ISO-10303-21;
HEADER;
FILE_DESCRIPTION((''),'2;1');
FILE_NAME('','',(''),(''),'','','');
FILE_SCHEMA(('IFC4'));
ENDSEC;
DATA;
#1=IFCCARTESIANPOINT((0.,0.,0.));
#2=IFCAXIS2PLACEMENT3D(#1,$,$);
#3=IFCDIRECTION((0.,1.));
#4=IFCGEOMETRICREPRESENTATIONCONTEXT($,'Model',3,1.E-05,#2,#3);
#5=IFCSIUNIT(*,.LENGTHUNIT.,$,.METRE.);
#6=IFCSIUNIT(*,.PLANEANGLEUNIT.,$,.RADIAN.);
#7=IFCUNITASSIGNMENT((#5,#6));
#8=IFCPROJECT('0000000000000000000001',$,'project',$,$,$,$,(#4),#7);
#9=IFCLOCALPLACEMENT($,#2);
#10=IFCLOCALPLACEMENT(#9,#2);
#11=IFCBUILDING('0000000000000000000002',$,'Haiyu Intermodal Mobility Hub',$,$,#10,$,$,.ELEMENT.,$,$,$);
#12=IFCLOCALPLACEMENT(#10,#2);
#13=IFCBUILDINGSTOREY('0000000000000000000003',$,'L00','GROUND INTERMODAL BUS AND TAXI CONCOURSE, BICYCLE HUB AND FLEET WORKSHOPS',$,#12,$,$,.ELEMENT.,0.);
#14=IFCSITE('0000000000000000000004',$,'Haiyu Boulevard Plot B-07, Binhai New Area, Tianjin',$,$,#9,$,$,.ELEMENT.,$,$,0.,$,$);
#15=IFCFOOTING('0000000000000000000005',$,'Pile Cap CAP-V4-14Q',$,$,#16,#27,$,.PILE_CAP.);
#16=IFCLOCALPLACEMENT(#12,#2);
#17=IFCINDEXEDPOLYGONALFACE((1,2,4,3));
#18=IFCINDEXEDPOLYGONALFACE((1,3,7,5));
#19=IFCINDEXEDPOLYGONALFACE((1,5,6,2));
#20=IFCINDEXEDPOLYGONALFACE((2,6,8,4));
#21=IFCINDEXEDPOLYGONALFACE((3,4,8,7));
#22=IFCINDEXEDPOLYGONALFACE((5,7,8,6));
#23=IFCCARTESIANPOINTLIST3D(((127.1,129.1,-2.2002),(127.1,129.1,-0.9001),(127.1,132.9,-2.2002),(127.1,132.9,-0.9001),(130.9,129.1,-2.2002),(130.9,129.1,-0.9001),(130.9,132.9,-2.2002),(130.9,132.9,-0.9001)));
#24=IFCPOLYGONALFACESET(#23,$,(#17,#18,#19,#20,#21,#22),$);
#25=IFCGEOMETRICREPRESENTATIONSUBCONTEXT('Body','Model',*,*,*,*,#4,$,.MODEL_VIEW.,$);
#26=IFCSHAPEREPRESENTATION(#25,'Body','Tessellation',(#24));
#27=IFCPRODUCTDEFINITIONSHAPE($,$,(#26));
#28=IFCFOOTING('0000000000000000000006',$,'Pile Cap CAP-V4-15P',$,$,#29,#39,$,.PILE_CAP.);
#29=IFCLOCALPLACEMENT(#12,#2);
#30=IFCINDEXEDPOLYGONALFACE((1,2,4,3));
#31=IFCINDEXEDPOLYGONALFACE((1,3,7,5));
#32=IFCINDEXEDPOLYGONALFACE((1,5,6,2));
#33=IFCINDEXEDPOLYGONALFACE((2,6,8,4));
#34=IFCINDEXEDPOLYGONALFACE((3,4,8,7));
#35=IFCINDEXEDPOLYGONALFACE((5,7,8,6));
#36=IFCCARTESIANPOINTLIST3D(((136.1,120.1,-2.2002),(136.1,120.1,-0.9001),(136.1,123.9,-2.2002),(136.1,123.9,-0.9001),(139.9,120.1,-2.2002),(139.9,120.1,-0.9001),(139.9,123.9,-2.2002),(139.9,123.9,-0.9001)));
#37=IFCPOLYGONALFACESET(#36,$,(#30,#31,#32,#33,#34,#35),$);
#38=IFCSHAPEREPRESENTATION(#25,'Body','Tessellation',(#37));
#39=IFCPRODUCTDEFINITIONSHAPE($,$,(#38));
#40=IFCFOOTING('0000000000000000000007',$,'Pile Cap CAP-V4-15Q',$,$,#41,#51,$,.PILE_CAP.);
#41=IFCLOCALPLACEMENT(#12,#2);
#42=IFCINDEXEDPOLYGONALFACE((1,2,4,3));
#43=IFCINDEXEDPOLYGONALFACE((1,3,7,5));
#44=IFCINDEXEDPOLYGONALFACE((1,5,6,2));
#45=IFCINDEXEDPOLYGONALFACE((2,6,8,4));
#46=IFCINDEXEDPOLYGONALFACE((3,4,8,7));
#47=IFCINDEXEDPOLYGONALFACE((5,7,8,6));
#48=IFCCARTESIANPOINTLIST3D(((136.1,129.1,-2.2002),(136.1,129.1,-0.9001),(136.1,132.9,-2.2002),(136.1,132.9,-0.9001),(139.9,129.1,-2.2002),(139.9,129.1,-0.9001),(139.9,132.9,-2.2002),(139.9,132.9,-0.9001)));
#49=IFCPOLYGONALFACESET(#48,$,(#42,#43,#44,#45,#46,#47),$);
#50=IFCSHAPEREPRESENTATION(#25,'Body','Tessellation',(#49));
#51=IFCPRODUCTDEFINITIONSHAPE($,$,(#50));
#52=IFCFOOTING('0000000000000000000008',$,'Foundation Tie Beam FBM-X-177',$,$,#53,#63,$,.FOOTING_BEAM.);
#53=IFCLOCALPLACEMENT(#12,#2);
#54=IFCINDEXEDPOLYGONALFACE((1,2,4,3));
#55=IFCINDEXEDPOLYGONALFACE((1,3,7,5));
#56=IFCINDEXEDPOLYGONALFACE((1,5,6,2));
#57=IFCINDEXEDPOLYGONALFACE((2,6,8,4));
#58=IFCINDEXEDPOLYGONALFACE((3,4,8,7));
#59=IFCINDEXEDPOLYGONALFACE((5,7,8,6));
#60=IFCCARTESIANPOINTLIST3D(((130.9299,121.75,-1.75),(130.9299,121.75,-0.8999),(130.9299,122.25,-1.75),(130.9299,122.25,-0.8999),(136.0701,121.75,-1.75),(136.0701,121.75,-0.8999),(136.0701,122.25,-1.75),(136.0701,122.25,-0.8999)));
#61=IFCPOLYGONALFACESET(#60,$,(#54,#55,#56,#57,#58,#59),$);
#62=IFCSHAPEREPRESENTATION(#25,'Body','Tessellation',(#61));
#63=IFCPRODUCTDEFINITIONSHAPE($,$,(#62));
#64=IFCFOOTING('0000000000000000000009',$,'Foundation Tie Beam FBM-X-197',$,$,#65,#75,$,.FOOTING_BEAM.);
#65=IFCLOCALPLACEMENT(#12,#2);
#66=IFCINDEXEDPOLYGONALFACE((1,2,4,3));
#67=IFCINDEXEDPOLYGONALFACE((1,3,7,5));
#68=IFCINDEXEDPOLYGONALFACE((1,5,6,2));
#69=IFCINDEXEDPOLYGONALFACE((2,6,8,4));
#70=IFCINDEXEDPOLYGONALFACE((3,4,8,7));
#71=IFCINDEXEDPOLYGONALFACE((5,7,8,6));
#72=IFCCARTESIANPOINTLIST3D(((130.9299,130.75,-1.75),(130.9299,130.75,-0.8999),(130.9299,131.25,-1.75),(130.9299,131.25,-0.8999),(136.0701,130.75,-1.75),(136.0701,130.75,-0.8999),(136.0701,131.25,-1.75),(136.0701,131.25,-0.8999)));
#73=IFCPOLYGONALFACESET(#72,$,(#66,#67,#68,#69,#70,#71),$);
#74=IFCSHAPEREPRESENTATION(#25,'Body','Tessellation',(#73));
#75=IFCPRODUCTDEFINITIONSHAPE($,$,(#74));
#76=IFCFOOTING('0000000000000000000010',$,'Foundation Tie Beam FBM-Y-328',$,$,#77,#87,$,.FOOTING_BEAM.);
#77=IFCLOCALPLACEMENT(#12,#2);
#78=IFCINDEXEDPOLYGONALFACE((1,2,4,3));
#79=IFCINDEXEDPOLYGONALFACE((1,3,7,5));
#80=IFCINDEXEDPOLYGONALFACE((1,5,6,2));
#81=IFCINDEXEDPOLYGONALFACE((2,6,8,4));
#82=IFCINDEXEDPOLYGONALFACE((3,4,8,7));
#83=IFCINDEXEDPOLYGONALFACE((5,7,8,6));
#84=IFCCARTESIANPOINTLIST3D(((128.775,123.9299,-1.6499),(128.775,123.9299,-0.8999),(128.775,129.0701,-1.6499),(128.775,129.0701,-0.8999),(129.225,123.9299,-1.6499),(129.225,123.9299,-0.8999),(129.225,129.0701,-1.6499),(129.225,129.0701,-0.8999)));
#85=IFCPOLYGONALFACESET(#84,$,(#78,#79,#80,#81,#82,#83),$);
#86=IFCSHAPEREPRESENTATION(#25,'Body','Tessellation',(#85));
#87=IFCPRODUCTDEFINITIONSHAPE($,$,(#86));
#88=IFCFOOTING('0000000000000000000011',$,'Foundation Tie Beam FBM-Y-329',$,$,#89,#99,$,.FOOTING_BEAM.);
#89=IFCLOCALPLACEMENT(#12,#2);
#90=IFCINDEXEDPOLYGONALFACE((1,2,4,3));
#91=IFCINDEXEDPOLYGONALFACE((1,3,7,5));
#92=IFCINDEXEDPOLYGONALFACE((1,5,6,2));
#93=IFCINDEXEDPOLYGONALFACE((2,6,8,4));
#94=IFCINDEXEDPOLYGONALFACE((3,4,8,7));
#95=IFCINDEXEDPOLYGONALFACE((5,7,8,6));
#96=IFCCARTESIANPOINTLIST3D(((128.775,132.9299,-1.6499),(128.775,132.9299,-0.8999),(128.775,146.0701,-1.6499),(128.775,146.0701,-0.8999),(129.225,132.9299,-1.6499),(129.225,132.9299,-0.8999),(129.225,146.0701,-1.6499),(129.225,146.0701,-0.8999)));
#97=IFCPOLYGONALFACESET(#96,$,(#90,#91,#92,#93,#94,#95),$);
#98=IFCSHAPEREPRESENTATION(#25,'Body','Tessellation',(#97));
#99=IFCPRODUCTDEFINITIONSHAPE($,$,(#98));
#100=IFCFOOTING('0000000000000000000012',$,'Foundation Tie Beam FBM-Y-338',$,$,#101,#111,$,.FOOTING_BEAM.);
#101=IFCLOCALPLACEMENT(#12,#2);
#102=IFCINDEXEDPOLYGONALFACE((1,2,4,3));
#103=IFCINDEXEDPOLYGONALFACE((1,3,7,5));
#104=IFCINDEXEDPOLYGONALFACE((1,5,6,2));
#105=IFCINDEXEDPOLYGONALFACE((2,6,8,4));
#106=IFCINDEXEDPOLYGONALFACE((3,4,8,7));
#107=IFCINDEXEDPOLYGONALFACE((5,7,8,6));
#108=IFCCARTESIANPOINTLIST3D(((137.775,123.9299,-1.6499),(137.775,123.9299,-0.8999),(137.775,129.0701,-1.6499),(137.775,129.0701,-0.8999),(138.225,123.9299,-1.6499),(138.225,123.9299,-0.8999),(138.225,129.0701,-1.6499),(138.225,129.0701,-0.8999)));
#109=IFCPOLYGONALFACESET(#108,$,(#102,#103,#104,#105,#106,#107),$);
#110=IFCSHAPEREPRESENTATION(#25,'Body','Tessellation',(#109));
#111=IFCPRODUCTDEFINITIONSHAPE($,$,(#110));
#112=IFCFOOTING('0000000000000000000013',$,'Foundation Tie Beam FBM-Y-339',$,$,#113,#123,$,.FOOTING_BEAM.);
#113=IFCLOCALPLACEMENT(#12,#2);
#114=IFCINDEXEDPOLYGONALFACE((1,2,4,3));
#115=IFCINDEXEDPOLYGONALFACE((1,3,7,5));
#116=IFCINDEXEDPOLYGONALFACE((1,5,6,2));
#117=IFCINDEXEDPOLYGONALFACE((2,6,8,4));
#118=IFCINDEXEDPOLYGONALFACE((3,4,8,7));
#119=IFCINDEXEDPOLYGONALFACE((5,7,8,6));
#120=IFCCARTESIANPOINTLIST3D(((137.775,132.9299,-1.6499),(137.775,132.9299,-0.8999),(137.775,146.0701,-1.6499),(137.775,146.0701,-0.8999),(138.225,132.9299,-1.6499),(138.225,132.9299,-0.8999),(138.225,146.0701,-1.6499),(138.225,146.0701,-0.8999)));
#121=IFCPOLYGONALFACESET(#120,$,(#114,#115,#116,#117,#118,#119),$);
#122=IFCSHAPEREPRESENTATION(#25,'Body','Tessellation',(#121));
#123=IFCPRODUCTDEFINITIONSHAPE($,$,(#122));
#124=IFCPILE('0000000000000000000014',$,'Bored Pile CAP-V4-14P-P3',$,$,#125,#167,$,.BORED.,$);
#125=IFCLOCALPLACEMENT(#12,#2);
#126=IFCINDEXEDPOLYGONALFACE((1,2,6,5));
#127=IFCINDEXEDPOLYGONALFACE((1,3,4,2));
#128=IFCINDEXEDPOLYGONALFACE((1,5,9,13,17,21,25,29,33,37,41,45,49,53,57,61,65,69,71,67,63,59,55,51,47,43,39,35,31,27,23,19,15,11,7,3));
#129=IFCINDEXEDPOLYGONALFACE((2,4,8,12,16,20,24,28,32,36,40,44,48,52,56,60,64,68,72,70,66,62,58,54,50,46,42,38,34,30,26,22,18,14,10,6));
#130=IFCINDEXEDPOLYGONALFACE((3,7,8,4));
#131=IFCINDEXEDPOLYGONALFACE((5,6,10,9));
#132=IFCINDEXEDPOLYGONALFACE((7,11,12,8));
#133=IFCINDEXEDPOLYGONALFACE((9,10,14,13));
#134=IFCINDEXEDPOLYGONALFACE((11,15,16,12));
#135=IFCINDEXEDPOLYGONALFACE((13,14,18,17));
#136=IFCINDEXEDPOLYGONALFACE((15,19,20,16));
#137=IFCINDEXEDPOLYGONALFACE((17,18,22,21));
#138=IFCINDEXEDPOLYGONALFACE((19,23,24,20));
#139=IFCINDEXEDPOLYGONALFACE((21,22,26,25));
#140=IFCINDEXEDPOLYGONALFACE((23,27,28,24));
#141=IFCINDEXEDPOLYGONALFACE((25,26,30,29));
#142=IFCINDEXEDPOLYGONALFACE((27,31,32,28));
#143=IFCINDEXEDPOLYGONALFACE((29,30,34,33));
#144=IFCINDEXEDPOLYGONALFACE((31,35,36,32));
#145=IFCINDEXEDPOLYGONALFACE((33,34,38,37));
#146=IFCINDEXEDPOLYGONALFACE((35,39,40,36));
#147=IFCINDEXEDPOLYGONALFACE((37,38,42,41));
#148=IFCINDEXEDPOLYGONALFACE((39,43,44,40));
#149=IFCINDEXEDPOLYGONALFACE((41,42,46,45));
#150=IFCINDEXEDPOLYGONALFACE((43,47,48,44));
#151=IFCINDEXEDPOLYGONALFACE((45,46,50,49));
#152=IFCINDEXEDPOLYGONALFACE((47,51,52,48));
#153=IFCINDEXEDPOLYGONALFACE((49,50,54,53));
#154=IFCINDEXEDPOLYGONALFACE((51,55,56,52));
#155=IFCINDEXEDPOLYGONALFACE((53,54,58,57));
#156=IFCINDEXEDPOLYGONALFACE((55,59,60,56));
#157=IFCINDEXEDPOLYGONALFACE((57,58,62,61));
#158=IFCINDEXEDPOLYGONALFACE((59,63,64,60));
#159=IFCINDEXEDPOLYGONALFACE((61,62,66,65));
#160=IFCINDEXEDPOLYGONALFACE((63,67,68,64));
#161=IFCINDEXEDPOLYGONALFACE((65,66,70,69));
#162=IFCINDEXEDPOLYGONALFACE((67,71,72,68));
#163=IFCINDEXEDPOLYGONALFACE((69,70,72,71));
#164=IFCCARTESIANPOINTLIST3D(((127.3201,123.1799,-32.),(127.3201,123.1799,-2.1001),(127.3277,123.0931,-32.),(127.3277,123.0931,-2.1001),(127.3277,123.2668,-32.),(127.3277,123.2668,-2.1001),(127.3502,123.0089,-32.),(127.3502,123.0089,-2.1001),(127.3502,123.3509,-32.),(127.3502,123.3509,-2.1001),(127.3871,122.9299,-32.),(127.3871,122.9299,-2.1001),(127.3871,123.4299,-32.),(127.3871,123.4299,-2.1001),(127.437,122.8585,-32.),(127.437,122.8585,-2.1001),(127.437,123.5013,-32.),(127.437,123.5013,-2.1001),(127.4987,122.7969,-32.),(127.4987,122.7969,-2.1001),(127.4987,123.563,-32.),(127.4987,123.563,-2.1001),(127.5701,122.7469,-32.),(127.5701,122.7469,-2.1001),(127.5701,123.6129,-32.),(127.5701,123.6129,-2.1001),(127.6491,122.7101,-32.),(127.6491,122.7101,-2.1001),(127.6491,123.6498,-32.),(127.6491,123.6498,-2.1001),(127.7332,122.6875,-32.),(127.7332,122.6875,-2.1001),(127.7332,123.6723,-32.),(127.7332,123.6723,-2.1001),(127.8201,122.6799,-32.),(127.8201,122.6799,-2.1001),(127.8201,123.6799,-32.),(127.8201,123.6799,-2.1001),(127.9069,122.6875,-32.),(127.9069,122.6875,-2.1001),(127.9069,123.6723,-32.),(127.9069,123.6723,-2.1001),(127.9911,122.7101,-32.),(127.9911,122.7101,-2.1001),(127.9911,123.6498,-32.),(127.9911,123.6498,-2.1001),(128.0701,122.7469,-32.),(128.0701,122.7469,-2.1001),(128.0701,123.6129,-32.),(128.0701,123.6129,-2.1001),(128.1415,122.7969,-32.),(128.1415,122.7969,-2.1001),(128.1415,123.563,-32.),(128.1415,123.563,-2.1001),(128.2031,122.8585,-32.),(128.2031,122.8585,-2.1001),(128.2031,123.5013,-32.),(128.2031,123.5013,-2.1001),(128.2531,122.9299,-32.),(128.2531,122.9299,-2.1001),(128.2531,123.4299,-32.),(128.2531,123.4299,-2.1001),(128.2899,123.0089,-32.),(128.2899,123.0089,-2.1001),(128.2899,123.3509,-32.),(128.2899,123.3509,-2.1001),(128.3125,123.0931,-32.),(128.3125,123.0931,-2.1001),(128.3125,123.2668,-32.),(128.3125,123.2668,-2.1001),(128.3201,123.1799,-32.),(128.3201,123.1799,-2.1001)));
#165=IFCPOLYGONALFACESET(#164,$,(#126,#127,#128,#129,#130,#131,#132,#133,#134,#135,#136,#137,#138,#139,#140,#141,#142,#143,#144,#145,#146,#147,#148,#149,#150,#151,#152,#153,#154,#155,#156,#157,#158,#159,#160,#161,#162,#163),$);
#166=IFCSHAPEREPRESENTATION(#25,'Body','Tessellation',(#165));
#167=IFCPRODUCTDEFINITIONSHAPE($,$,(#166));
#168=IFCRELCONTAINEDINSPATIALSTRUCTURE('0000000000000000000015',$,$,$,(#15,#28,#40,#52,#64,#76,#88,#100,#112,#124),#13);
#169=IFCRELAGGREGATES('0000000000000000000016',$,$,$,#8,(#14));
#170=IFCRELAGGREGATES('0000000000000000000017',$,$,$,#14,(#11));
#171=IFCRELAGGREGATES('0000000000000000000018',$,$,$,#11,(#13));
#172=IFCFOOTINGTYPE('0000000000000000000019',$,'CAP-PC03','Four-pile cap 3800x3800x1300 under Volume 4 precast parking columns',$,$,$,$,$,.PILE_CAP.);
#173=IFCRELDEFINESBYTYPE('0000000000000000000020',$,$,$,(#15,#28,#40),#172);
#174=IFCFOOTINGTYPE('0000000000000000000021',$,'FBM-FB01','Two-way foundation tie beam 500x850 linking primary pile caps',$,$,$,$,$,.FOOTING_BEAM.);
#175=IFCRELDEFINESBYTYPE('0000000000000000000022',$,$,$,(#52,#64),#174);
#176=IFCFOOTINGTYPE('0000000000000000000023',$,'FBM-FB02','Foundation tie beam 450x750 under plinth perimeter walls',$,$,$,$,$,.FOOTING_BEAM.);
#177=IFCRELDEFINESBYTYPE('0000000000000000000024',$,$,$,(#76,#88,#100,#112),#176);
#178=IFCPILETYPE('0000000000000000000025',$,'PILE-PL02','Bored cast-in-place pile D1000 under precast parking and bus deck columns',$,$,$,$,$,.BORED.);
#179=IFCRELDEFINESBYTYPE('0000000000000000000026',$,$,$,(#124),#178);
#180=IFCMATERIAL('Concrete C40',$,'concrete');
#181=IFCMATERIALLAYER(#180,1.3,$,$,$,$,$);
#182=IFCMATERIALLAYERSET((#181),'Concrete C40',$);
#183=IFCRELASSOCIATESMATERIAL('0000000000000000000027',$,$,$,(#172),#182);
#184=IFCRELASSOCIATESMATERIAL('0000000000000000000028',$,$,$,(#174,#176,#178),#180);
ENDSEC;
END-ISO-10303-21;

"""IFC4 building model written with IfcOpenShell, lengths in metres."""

from ifc_helpers import new_model, si_unit, direction, frame, origin, origin_2d, place, context, subcontext, project, spatial, rectangle, circle, extrude, material, layer, layer_set, material_profile, profile_set, type_object, element, save


model = new_model("IFC4")

# Units and contexts
model_context = context("Model", 3, precision=1e-05, world=origin(), true_north=direction((0.0, 1.0)))
body_context = subcontext(model_context, "Body", "Model", "MODEL_VIEW")
ifc_project = project(units=[si_unit("LENGTHUNIT", "METRE"), si_unit("PLANEANGLEUNIT", "RADIAN")], contexts=[model_context])

# Site, building, storey
site_placement = place(None, origin())
site = spatial("IfcSite", under=ifc_project, at=site_placement, Name="Haiyu Boulevard Plot B-07, Binhai New Area, Tianjin", CompositionType="ELEMENT", RefElevation=0.0)
building_placement = place(site_placement, origin())
building = spatial("IfcBuilding", under=site, at=building_placement, Name="Haiyu Intermodal Mobility Hub", CompositionType="ELEMENT")
storey_placement = place(building_placement, origin())
storey = spatial("IfcBuildingStorey", under=building, at=storey_placement, Name="L00", Description="GROUND INTERMODAL BUS AND TAXI CONCOURSE, BICYCLE HUB AND FLEET WORKSHOPS", CompositionType="ELEMENT", Elevation=0.0)

# Footings
ifc_material_1 = material(Name="Concrete C40", Category="concrete")
ifc_layer = layer(ifc_material_1, 1.3)
ifc_layer_set = layer_set([ifc_layer], Name="Concrete C40")
footing_type_1 = type_object("IfcFootingType", Name="CAP-PC03", Description="Four-pile cap 3800x3800x1300 under Volume 4 precast parking columns", PredefinedType="PILE_CAP", material=ifc_layer_set)
for number, where, z_axis, x_axis, name in (
    (1, (129.0, 131.0, -2.2002), (0.0, 0.0, 1.0), (1.0, 0.0, 0.0), "Pile Cap CAP-V4-14Q"),
    (2, (138.0, 122.0, -2.2002), (0.0, 0.0, 1.0), (1.0, 0.0, 0.0), "Pile Cap CAP-V4-15P"),
    (3, (138.0, 131.0, -2.2002), (0.0, 0.0, 1.0), (1.0, 0.0, 0.0), "Pile Cap CAP-V4-15Q"),
):
    element("IfcFooting", number, at=place(storey_placement, frame(where, z_axis=z_axis, x_axis=x_axis)), inside=storey, type_object=footing_type_1, Name=name, PredefinedType="PILE_CAP", context=body_context, shape_type="SweptSolid", body=[
        extrude(rectangle(XDim=3.8, YDim=3.8, at=origin_2d()), origin(), (0.0, 0.0, 1.0), 1.3),
    ])
ifc_material_profile_1 = material_profile(ifc_material_1, rectangle(XDim=0.5, YDim=0.8501, at=origin_2d()), Name="FB500x850")
ifc_profile_set_1 = profile_set([ifc_material_profile_1], Name="Concrete C40")
footing_type_2 = type_object("IfcFootingType", Name="FBM-FB01", Description="Two-way foundation tie beam 500x850 linking primary pile caps", PredefinedType="FOOTING_BEAM", material=ifc_profile_set_1)
for number, where, z_axis, x_axis, name in (
    (4, (130.9299, 122.0, -1.325), (1.0, 0.0, 0.0), (0.0, 1.0, 0.0), "Foundation Tie Beam FBM-X-177"),
    (5, (130.9299, 131.0, -1.325), (1.0, 0.0, 0.0), (0.0, 1.0, 0.0), "Foundation Tie Beam FBM-X-197"),
):
    element("IfcFooting", number, at=place(storey_placement, frame(where, z_axis=z_axis, x_axis=x_axis)), inside=storey, type_object=footing_type_2, Name=name, PredefinedType="FOOTING_BEAM", context=body_context, shape_type="SweptSolid", body=[
        extrude(rectangle(XDim=0.5, YDim=0.8501, at=origin_2d()), origin(), (0.0, 0.0, 1.0), 5.1401),
    ])
ifc_material_profile_2 = material_profile(ifc_material_1, rectangle(XDim=0.45, YDim=0.75, at=origin_2d()), Name="FB450x750")
ifc_profile_set_2 = profile_set([ifc_material_profile_2], Name="Concrete C40")
footing_type_3 = type_object("IfcFootingType", Name="FBM-FB02", Description="Foundation tie beam 450x750 under plinth perimeter walls", PredefinedType="FOOTING_BEAM", material=ifc_profile_set_2)
footing_1_placement = place(storey_placement, frame((129.0, 123.9299, -1.2749), z_axis=(0.0, 1.0, 0.0), x_axis=(-1.0, 0.0, 0.0)))
element("IfcFooting", 6, at=footing_1_placement, inside=storey, type_object=footing_type_3, Name="Foundation Tie Beam FBM-Y-328", PredefinedType="FOOTING_BEAM", context=body_context, shape_type="SweptSolid", body=[
    extrude(rectangle(XDim=0.45, YDim=0.75, at=origin_2d()), origin(), (0.0, 0.0, 1.0), 5.1401),
])
footing_2_placement = place(storey_placement, frame((129.0, 132.9299, -1.2749), z_axis=(0.0, 1.0, 0.0), x_axis=(-1.0, 0.0, 0.0)))
element("IfcFooting", 7, at=footing_2_placement, inside=storey, type_object=footing_type_3, Name="Foundation Tie Beam FBM-Y-329", PredefinedType="FOOTING_BEAM", context=body_context, shape_type="SweptSolid", body=[
    extrude(rectangle(XDim=0.45, YDim=0.75, at=origin_2d()), origin(), (0.0, 0.0, 1.0), 13.1401),
])
footing_3_placement = place(storey_placement, frame((138.0, 123.9299, -1.2749), z_axis=(0.0, 1.0, 0.0), x_axis=(-1.0, 0.0, 0.0)))
element("IfcFooting", 8, at=footing_3_placement, inside=storey, type_object=footing_type_3, Name="Foundation Tie Beam FBM-Y-338", PredefinedType="FOOTING_BEAM", context=body_context, shape_type="SweptSolid", body=[
    extrude(rectangle(XDim=0.45, YDim=0.75, at=origin_2d()), origin(), (0.0, 0.0, 1.0), 5.1401),
])
footing_4_placement = place(storey_placement, frame((138.0, 132.9299, -1.2749), z_axis=(0.0, 1.0, 0.0), x_axis=(-1.0, 0.0, 0.0)))
element("IfcFooting", 9, at=footing_4_placement, inside=storey, type_object=footing_type_3, Name="Foundation Tie Beam FBM-Y-339", PredefinedType="FOOTING_BEAM", context=body_context, shape_type="SweptSolid", body=[
    extrude(rectangle(XDim=0.45, YDim=0.75, at=origin_2d()), origin(), (0.0, 0.0, 1.0), 13.1401),
])

# Pile
ifc_material_profile_3 = material_profile(ifc_material_1, circle(Radius=0.5, at=origin_2d()), Name="PILE-D1000")
ifc_profile_set_3 = profile_set([ifc_material_profile_3], Name="Concrete C40")
pile_type = type_object("IfcPileType", Name="PILE-PL02", Description="Bored cast-in-place pile D1000 under precast parking and bus deck columns", PredefinedType="BORED", material=ifc_profile_set_3)
for number, where, z_axis, x_axis, name in (
    (10, (127.8201, 123.1799, -2.1001), (0.0, 0.0, -1.0), (1.0, 0.0, 0.0), "Bored Pile CAP-V4-14P-P3"),
):
    element("IfcPile", number, at=place(storey_placement, frame(where, z_axis=z_axis, x_axis=x_axis)), inside=storey, type_object=pile_type, Name=name, PredefinedType="BORED", context=body_context, shape_type="SweptSolid", body=[
        extrude(circle(Radius=0.5, at=origin_2d()), origin(), (0.0, 0.0, 1.0), 29.8999),
    ])

save(model, "model.ifc")
